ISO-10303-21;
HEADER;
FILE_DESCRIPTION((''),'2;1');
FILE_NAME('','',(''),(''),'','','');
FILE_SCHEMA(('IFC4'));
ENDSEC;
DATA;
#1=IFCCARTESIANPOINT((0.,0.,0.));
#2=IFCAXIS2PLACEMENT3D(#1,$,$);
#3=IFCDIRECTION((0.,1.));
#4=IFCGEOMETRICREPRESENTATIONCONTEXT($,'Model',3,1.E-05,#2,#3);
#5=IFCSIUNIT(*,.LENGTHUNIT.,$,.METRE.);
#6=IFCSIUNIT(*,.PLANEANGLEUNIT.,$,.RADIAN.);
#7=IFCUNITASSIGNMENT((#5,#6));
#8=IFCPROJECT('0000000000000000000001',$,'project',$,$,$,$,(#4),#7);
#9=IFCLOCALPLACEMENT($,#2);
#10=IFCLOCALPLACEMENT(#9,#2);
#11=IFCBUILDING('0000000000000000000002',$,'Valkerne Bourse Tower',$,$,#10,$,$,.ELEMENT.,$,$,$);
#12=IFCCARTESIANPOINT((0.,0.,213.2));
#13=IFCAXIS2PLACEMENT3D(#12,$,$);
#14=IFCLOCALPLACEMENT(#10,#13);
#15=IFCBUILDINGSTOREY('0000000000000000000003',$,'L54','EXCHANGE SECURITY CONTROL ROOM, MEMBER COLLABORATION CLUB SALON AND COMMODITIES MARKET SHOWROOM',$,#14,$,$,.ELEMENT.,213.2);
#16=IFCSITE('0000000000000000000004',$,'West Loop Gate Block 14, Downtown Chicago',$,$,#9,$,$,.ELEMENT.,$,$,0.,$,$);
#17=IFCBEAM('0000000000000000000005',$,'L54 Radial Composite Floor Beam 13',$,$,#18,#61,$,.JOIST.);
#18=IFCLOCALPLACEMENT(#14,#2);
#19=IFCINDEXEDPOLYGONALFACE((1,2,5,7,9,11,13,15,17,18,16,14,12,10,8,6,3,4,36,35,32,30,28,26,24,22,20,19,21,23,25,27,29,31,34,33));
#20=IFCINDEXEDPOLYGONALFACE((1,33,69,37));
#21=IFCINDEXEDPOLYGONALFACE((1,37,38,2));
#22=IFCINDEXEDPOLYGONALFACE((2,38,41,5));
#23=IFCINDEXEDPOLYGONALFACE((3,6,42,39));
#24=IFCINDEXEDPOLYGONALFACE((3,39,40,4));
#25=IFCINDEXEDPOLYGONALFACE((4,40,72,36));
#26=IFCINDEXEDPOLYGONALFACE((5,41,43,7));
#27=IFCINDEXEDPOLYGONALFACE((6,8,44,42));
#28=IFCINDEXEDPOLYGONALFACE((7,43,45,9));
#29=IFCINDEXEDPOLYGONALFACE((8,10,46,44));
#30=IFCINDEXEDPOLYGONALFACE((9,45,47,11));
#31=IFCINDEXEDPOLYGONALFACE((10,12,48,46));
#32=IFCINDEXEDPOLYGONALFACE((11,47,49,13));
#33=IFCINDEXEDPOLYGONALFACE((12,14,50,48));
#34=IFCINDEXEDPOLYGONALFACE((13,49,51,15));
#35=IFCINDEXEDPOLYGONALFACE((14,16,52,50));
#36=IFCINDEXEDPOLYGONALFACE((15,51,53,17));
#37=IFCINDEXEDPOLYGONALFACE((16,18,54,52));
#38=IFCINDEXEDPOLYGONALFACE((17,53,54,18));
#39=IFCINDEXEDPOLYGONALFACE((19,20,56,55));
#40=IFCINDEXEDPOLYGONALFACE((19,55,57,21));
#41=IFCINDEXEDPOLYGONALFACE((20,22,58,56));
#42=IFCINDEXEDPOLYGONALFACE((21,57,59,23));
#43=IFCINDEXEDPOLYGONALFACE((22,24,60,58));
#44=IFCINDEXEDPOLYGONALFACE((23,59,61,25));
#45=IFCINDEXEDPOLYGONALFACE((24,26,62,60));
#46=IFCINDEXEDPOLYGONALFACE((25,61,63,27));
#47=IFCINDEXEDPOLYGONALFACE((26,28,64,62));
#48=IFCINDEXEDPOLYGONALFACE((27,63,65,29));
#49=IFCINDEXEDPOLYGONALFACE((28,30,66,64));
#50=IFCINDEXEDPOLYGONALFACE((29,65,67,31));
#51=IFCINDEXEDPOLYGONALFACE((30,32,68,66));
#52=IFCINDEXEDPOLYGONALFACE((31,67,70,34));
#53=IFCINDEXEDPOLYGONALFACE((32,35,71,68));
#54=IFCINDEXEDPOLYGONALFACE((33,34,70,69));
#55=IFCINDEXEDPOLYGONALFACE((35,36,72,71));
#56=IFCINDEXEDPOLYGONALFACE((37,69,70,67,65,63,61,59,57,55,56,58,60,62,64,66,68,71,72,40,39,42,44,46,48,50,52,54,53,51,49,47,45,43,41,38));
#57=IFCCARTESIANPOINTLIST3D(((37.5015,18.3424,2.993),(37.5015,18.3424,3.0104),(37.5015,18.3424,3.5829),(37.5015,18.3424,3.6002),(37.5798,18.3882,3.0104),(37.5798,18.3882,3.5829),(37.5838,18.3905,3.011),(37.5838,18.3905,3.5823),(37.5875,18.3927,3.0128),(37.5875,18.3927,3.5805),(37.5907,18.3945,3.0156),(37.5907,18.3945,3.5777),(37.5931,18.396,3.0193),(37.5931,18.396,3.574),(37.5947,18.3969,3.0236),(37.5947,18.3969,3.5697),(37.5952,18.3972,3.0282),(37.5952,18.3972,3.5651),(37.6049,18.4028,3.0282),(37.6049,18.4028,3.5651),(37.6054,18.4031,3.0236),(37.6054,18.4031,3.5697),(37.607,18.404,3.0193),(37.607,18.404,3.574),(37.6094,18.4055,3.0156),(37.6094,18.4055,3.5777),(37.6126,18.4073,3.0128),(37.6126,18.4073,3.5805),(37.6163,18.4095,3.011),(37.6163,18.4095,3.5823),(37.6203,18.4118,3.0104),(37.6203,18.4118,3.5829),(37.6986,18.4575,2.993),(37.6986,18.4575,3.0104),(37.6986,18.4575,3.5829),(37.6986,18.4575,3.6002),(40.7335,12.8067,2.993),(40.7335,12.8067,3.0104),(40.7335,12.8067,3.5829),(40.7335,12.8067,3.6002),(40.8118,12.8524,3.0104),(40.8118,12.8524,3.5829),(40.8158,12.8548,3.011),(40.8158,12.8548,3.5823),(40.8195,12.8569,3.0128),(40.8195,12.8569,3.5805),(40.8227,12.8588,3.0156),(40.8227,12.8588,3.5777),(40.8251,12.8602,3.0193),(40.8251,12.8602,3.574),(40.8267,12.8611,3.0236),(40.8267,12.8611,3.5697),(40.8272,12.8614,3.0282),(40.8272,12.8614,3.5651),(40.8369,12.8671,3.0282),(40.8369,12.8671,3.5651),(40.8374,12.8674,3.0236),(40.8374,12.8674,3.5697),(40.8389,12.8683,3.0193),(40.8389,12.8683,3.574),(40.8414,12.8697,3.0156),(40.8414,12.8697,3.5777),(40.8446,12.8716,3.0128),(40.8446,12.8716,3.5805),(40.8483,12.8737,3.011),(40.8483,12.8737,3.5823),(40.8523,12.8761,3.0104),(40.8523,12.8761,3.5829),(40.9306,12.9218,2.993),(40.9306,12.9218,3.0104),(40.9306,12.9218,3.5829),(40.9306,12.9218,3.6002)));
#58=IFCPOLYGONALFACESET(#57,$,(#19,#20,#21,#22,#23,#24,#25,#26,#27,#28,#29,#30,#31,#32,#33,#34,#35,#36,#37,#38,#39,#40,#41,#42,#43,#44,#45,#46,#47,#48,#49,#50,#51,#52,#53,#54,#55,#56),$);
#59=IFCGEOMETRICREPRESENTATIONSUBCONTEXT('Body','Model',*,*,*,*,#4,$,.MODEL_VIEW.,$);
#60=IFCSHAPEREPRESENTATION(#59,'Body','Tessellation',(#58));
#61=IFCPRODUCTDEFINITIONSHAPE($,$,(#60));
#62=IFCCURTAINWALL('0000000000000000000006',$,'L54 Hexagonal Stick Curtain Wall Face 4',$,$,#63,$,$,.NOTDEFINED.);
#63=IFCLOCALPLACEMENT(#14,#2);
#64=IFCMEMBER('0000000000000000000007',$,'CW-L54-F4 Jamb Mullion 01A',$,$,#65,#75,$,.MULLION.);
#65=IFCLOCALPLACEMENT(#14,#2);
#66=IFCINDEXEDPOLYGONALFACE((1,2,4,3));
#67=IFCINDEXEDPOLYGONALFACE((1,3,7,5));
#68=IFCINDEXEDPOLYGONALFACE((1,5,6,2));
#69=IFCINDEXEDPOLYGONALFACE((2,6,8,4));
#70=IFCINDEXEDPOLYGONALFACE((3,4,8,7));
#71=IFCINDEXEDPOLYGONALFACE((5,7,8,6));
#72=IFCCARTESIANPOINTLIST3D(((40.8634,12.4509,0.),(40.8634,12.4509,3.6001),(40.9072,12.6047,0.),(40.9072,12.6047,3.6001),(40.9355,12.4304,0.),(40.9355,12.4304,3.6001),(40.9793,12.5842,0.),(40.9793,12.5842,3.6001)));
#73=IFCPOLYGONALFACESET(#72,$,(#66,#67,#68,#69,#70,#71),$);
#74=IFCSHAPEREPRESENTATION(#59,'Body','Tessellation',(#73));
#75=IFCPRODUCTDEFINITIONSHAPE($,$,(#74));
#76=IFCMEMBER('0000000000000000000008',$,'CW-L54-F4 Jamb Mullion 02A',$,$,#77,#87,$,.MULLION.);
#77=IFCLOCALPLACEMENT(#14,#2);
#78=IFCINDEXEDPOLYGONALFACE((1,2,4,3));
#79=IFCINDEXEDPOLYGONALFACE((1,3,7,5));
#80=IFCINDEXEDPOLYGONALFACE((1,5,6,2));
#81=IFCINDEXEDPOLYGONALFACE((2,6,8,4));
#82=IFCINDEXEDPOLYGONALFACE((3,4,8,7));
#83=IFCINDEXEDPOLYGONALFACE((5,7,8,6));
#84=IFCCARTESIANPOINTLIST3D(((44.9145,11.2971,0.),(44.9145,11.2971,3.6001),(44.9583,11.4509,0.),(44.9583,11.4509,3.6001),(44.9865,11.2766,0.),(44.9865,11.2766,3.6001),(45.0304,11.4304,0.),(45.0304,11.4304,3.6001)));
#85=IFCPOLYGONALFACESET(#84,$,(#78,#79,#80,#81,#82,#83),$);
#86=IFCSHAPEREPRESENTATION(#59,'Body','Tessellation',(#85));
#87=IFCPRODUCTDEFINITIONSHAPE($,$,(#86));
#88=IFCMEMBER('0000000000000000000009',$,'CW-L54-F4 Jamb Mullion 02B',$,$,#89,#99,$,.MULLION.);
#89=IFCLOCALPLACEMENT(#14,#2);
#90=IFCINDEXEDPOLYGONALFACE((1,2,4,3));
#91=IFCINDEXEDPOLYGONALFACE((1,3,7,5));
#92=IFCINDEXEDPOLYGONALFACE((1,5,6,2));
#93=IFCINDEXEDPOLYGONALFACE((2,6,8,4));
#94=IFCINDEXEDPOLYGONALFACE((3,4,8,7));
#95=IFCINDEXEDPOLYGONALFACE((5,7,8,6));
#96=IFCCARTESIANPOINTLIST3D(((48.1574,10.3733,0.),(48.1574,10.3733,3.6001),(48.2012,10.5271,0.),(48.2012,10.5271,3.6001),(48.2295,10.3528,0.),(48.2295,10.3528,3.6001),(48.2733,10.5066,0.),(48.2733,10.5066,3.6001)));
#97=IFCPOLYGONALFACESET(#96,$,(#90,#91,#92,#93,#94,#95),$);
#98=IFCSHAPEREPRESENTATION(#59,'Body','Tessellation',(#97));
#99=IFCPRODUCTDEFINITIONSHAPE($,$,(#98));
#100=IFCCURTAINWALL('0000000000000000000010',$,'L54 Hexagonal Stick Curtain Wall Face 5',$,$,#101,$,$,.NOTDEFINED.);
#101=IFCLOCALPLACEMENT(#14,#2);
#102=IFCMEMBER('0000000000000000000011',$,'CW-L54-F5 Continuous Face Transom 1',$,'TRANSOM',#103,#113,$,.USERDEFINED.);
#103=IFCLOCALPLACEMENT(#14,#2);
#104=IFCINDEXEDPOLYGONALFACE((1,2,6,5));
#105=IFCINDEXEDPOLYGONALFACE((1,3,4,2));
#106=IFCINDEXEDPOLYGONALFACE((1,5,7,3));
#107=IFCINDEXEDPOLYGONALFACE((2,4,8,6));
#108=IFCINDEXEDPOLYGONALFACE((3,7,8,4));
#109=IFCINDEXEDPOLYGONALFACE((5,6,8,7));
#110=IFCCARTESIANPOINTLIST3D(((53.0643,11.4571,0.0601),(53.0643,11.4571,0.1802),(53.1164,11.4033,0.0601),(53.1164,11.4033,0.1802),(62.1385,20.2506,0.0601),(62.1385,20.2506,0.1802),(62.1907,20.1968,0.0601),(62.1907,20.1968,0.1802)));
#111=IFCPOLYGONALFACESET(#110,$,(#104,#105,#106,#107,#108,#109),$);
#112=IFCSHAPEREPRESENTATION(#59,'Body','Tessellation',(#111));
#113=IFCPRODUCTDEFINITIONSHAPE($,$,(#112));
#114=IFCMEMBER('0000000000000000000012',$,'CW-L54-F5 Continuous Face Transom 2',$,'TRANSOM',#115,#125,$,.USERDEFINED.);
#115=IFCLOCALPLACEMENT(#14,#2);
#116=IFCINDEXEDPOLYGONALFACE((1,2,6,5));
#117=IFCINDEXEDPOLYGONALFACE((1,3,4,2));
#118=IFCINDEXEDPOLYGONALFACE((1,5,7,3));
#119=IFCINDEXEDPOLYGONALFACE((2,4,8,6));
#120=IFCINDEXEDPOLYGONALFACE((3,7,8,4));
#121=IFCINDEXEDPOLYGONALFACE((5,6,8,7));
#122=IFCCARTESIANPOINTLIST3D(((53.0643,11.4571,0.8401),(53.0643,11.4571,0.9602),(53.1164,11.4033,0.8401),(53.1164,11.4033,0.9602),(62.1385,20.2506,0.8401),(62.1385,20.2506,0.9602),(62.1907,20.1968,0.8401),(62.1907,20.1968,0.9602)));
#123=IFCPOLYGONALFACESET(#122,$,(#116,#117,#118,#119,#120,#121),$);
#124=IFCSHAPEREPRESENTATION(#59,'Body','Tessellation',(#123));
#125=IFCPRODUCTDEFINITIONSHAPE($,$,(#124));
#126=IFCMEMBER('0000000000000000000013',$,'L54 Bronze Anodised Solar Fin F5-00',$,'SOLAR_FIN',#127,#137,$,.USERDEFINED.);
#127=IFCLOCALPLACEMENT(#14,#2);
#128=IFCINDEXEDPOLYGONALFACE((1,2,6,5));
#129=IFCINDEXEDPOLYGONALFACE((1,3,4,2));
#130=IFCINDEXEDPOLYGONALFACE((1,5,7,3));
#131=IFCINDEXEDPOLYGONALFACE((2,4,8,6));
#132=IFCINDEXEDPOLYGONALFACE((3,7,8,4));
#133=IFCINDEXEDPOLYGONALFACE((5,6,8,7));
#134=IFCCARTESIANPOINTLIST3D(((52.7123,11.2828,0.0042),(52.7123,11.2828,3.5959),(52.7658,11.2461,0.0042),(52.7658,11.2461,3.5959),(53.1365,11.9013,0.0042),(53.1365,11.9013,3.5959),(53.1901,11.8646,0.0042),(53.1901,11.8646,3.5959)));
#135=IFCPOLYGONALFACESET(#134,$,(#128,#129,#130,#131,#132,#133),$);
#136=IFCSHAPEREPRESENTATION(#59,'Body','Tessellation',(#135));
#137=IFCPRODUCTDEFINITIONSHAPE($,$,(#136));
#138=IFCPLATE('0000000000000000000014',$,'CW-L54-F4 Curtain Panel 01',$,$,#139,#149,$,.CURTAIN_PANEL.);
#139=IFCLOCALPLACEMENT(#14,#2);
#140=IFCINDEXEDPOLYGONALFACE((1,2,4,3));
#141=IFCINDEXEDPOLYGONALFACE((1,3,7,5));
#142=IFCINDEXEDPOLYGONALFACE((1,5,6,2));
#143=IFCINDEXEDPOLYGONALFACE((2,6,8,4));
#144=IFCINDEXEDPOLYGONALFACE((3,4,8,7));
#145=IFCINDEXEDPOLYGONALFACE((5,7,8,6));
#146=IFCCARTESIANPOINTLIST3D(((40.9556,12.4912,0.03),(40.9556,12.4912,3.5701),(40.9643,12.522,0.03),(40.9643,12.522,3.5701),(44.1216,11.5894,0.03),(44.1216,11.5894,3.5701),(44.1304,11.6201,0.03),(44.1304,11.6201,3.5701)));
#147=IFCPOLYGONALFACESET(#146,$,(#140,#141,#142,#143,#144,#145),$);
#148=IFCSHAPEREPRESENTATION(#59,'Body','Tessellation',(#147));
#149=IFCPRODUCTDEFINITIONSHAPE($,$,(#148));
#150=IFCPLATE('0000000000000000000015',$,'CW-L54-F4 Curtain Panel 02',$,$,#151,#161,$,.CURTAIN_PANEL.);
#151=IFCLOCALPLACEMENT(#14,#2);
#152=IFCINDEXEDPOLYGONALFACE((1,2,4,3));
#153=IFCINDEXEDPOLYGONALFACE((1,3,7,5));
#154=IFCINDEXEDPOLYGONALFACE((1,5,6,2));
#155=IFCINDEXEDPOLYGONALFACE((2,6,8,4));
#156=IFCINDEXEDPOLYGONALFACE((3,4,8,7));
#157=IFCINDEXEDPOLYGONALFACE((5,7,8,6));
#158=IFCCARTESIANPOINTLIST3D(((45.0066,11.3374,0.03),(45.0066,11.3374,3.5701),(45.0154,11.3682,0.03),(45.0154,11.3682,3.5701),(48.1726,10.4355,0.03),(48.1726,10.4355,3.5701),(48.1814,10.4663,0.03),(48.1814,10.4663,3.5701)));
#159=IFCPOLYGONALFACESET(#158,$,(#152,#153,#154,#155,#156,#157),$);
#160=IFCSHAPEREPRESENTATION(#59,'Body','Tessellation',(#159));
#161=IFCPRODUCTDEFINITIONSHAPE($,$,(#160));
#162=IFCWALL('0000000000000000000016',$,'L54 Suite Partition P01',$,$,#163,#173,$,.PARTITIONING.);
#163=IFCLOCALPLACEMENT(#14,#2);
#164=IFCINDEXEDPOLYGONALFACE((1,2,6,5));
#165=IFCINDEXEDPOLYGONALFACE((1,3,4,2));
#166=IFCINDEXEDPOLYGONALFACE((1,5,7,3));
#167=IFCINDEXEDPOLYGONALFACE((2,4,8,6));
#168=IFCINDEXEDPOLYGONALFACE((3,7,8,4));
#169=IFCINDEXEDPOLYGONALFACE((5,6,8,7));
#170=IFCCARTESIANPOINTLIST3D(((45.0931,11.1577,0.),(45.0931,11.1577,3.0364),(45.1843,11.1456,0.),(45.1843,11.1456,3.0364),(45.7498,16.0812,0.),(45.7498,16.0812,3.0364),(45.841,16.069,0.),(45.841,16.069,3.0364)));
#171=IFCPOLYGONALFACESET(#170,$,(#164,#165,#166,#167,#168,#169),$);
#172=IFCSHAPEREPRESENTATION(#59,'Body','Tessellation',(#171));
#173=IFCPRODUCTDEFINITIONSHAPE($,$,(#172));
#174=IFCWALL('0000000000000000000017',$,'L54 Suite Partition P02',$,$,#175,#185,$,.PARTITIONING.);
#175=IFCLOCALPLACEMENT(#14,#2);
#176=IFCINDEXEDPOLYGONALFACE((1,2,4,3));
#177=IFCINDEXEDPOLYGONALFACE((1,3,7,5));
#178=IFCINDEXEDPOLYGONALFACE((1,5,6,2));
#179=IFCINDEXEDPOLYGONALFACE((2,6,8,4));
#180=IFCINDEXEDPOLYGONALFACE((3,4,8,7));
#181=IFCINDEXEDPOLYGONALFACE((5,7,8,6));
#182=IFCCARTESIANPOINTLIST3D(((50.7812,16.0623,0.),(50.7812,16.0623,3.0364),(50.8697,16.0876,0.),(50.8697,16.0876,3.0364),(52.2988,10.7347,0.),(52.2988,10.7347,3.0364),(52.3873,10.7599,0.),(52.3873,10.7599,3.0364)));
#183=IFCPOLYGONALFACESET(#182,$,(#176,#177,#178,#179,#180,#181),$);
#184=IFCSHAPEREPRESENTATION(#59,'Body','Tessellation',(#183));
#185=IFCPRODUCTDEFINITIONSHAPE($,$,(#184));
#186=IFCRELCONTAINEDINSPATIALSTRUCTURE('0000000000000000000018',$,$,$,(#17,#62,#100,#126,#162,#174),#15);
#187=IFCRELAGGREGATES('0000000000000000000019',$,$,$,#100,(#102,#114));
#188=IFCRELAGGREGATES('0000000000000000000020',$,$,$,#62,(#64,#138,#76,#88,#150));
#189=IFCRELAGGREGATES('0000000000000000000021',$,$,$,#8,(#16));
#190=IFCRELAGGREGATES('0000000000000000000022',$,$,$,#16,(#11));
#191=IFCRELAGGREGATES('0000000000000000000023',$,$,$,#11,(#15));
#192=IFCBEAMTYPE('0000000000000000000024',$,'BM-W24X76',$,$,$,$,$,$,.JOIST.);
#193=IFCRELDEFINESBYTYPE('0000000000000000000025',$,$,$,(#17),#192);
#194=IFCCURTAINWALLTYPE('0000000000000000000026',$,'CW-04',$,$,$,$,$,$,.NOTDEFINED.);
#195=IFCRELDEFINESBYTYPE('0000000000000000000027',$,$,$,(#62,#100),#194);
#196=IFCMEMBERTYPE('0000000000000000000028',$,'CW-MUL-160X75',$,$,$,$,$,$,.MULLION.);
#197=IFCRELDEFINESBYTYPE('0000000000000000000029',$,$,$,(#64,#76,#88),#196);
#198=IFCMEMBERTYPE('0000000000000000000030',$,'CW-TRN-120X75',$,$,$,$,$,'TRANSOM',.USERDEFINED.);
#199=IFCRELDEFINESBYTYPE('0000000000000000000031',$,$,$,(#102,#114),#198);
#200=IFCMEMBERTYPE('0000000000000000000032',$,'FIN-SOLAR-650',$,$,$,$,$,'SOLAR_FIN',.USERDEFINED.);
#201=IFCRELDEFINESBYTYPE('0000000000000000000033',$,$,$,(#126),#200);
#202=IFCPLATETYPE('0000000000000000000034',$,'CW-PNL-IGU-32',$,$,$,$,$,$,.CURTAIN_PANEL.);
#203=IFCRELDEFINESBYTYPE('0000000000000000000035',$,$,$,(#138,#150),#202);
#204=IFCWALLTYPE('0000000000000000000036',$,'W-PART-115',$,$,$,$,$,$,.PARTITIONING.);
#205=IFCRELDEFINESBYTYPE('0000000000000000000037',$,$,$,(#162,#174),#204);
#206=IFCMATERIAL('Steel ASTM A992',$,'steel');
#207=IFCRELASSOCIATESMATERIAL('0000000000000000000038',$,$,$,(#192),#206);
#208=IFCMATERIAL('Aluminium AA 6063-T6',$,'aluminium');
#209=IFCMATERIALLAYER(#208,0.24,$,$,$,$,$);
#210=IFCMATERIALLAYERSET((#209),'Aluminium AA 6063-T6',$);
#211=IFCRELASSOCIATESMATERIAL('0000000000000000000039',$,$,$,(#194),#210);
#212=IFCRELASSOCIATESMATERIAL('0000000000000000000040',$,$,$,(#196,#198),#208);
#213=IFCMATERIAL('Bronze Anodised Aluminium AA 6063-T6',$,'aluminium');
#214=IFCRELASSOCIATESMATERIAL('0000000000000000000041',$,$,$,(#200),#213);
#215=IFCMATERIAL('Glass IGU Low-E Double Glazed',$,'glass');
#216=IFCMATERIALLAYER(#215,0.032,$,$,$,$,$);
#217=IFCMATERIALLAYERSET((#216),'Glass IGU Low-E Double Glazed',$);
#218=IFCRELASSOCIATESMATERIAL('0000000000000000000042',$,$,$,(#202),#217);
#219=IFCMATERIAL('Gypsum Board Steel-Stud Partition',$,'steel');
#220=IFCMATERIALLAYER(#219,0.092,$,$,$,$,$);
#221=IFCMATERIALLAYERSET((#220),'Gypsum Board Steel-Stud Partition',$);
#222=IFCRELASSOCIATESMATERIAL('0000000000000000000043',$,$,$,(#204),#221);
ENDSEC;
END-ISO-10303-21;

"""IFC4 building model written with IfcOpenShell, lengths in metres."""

from ifc_helpers import new_model, si_unit, direction, frame, frame_2d, origin, origin_2d, place, context, subcontext, project, spatial, rectangle, i_section, extrude, material, layer, layer_set, material_profile, profile_set, type_object, element, aggregate, save


model = new_model("IFC4")

# Units and contexts
model_context = context("Model", 3, precision=1e-05, world=origin(), true_north=direction((0.0, 1.0)))
body_context = subcontext(model_context, "Body", "Model", "MODEL_VIEW")
ifc_project = project(units=[si_unit("LENGTHUNIT", "METRE"), si_unit("PLANEANGLEUNIT", "RADIAN")], contexts=[model_context])

# Site, building, storey
site_placement = place(None, origin())
site = spatial("IfcSite", under=ifc_project, at=site_placement, Name="West Loop Gate Block 14, Downtown Chicago", CompositionType="ELEMENT", RefElevation=0.0)
building_placement = place(site_placement, origin())
building = spatial("IfcBuilding", under=site, at=building_placement, Name="Valkerne Bourse Tower", CompositionType="ELEMENT")
storey_placement = place(building_placement, frame((0.0, 0.0, 213.2)))
storey = spatial("IfcBuildingStorey", under=building, at=storey_placement, Name="L54", Description="EXCHANGE SECURITY CONTROL ROOM, MEMBER COLLABORATION CLUB SALON AND COMMODITIES MARKET SHOWROOM", CompositionType="ELEMENT", Elevation=213.2)

# Beam
ifc_material_1 = material(Name="Steel ASTM A992", Category="steel")
ifc_material_profile_1 = material_profile(ifc_material_1, i_section(OverallWidth=0.2283, OverallDepth=0.6072, WebThickness=0.0112, FlangeThickness=0.0173, FilletRadius=0.0178, at=origin_2d()), Name="W24X76")
ifc_profile_set_1 = profile_set([ifc_material_profile_1], Name="Steel ASTM A992")
beam_type_1 = type_object("IfcBeamType", Name="BM-W24X76", PredefinedType="JOIST", material=ifc_profile_set_1)
beam_1_placement = place(storey_placement, frame((40.832, 12.8643, 3.2966), z_axis=(-0.504198, 0.863588, 0.0), x_axis=(-0.863588, -0.504198, 0.0)))
element("IfcBeam", 1, at=beam_1_placement, inside=storey, type_object=beam_type_1, Name="L54 Radial Composite Floor Beam 13", PredefinedType="JOIST", context=body_context, shape_type="SweptSolid", body=[
    extrude(i_section(OverallWidth=0.2283, OverallDepth=0.6072, WebThickness=0.0112, FlangeThickness=0.0173, FilletRadius=0.0178, at=origin_2d()), origin(), (0.0, 0.0, 1.0), 6.4102),
])

# Curtain walls, members
ifc_material_2 = material(Name="Aluminium AA 6063-T6", Category="aluminium")
ifc_layer_1 = layer(ifc_material_2, 0.24)
ifc_layer_set_1 = layer_set([ifc_layer_1], Name="Aluminium AA 6063-T6")
curtain_wall_type = type_object("IfcCurtainWallType", Name="CW-04", PredefinedType="NOTDEFINED", material=ifc_layer_set_1)
curtain_wall_1_placement = place(storey_placement, origin())
curtain_wall_1 = element("IfcCurtainWall", 2, at=curtain_wall_1_placement, inside=storey, type_object=curtain_wall_type, Name="L54 Hexagonal Stick Curtain Wall Face 4", PredefinedType="NOTDEFINED")
ifc_material_profile_2 = material_profile(ifc_material_2, rectangle(XDim=0.075, YDim=0.1599, at=origin_2d()), Name="CWM-75X160")
ifc_profile_set_2 = profile_set([ifc_material_profile_2], Name="Aluminium AA 6063-T6")
member_type_1 = type_object("IfcMemberType", Name="CW-MUL-160X75", PredefinedType="MULLION", material=ifc_profile_set_2)
member_1_placement = place(storey_placement, frame((40.9214, 12.5176, 0.0), z_axis=(0.0, 0.0, 1.0), x_axis=(0.961743, -0.273953, 0.0)))
member_1 = element("IfcMember", 3, at=member_1_placement, type_object=member_type_1, Name="CW-L54-F4 Jamb Mullion 01A", PredefinedType="MULLION", context=body_context, shape_type="SweptSolid", body=[
    extrude(rectangle(XDim=0.075, YDim=0.1599, at=origin_2d()), origin(), (0.0, 0.0, 1.0), 3.6001),
])
member_2_placement = place(storey_placement, frame((44.9724, 11.3638, 0.0), z_axis=(0.0, 0.0, 1.0), x_axis=(0.961741, -0.273959, 0.0)))
member_2 = element("IfcMember", 4, at=member_2_placement, type_object=member_type_1, Name="CW-L54-F4 Jamb Mullion 02A", PredefinedType="MULLION", context=body_context, shape_type="SweptSolid", body=[
    extrude(rectangle(XDim=0.075, YDim=0.1599, at=origin_2d()), origin(), (0.0, 0.0, 1.0), 3.6001),
])
member_3_placement = place(storey_placement, frame((48.2153, 10.4399, 0.0), z_axis=(0.0, 0.0, 1.0), x_axis=(0.961741, -0.273959, 0.0)))
member_3 = element("IfcMember", 5, at=member_3_placement, type_object=member_type_1, Name="CW-L54-F4 Jamb Mullion 02B", PredefinedType="MULLION", context=body_context, shape_type="SweptSolid", body=[
    extrude(rectangle(XDim=0.075, YDim=0.1599, at=origin_2d()), origin(), (0.0, 0.0, 1.0), 3.6001),
])
curtain_wall_2_placement = place(storey_placement, origin())
curtain_wall_2 = element("IfcCurtainWall", 6, at=curtain_wall_2_placement, inside=storey, type_object=curtain_wall_type, Name="L54 Hexagonal Stick Curtain Wall Face 5", PredefinedType="NOTDEFINED")
ifc_material_profile_3 = material_profile(ifc_material_2, rectangle(XDim=0.075, YDim=0.1201, at=origin_2d()), Name="CWT-75X120")
ifc_profile_set_3 = profile_set([ifc_material_profile_3], Name="Aluminium AA 6063-T6")
member_type_2 = type_object("IfcMemberType", Name="CW-TRN-120X75", ElementType="TRANSOM", PredefinedType="USERDEFINED", material=ifc_profile_set_3)
member_4_placement = place(storey_placement, frame((53.0903, 11.4302, 0.1201), z_axis=(0.718129, 0.69591, 0.0), x_axis=(-0.69591, 0.718129, 0.0)))
member_4 = element("IfcMember", 7, at=member_4_placement, type_object=member_type_2, Name="CW-L54-F5 Continuous Face Transom 1", ObjectType="TRANSOM", PredefinedType="USERDEFINED", context=body_context, shape_type="SweptSolid", body=[
    extrude(rectangle(XDim=0.075, YDim=0.1201, at=origin_2d()), origin(), (0.0, 0.0, 1.0), 12.636),
])
member_5_placement = place(storey_placement, frame((53.0903, 11.4302, 0.9001), z_axis=(0.718129, 0.69591, 0.0), x_axis=(-0.69591, 0.718129, 0.0)))
member_5 = element("IfcMember", 8, at=member_5_placement, type_object=member_type_2, Name="CW-L54-F5 Continuous Face Transom 2", ObjectType="TRANSOM", PredefinedType="USERDEFINED", context=body_context, shape_type="SweptSolid", body=[
    extrude(rectangle(XDim=0.075, YDim=0.1201, at=origin_2d()), origin(), (0.0, 0.0, 1.0), 12.636),
])
aggregate(curtain_wall_2, [member_4, member_5])

# Member
ifc_material_3 = material(Name="Bronze Anodised Aluminium AA 6063-T6", Category="aluminium")
ifc_material_profile_4 = material_profile(ifc_material_3, rectangle(XDim=0.0649, YDim=0.75, at=origin_2d()), Name="FIN-65X750")
ifc_profile_set_4 = profile_set([ifc_material_profile_4], Name="Bronze Anodised Aluminium AA 6063-T6")
member_type_3 = type_object("IfcMemberType", Name="FIN-SOLAR-650", ElementType="SOLAR_FIN", PredefinedType="USERDEFINED", material=ifc_profile_set_4)
member_6_placement = place(storey_placement, frame((52.9512, 11.5737, 0.0042), z_axis=(0.0, 0.0, 1.0), x_axis=(0.824666, -0.56562, 0.0)))
element("IfcMember", 9, at=member_6_placement, inside=storey, type_object=member_type_3, Name="L54 Bronze Anodised Solar Fin F5-00", ObjectType="SOLAR_FIN", PredefinedType="USERDEFINED", context=body_context, shape_type="SweptSolid", body=[
    extrude(rectangle(XDim=0.0649, YDim=0.75, at=origin_2d()), origin(), (0.0, 0.0, 1.0), 3.5918),
])

# Plates
ifc_material_4 = material(Name="Glass IGU Low-E Double Glazed", Category="glass")
ifc_layer_2 = layer(ifc_material_4, 0.032)
ifc_layer_set_2 = layer_set([ifc_layer_2], Name="Glass IGU Low-E Double Glazed")
plate_type = type_object("IfcPlateType", Name="CW-PNL-IGU-32", PredefinedType="CURTAIN_PANEL", material=ifc_layer_set_2)
plate_1_placement = place(storey_placement, frame((42.543, 12.0557, 0.03), z_axis=(0.0, 0.0, 1.0), x_axis=(0.961743, -0.273953, 0.0)))
plate_1 = element("IfcPlate", 10, at=plate_1_placement, type_object=plate_type, Name="CW-L54-F4 Curtain Panel 01", PredefinedType="CURTAIN_PANEL", context=body_context, shape_type="SweptSolid", body=[
    extrude(rectangle(XDim=3.292, YDim=0.032, at=origin_2d()), origin(), (0.0, 0.0, 1.0), 3.54),
])
plate_2_placement = place(storey_placement, frame((46.594, 10.9019, 0.03), z_axis=(0.0, 0.0, 1.0), x_axis=(0.961741, -0.273959, 0.0)))
plate_2 = element("IfcPlate", 11, at=plate_2_placement, type_object=plate_type, Name="CW-L54-F4 Curtain Panel 02", PredefinedType="CURTAIN_PANEL", context=body_context, shape_type="SweptSolid", body=[
    extrude(rectangle(XDim=3.292, YDim=0.032, at=origin_2d()), origin(), (0.0, 0.0, 1.0), 3.54),
])
aggregate(curtain_wall_1, [member_1, plate_1, member_2, member_3, plate_2])

# Walls
ifc_material_5 = material(Name="Gypsum Board Steel-Stud Partition", Category="steel")
ifc_layer_3 = layer(ifc_material_5, 0.092)
ifc_layer_set_3 = layer_set([ifc_layer_3], Name="Gypsum Board Steel-Stud Partition")
wall_type = type_object("IfcWallType", Name="W-PART-115", PredefinedType="PARTITIONING", material=ifc_layer_set_3)
wall_1_placement = place(storey_placement, frame((45.7954, 16.075, 0.0), z_axis=(0.0, 0.0, 1.0), x_axis=(-0.132222, -0.99122, 0.0)))
element("IfcWall", 12, at=wall_1_placement, inside=storey, type_object=wall_type, Name="L54 Suite Partition P01", PredefinedType="PARTITIONING", context=body_context, shape_type="SweptSolid", body=[
    extrude(rectangle(XDim=4.967, YDim=0.092, at=frame_2d((2.4834, 0.0))), origin(), (0.0, 0.0, 1.0), 3.0364),
])
wall_2_placement = place(storey_placement, frame((50.8254, 16.075, 0.0), z_axis=(0.0, 0.0, 1.0), x_axis=(0.273953, -0.961743, 0.0)))
element("IfcWall", 13, at=wall_2_placement, inside=storey, type_object=wall_type, Name="L54 Suite Partition P02", PredefinedType="PARTITIONING", context=body_context, shape_type="SweptSolid", body=[
    extrude(rectangle(XDim=5.5396, YDim=0.092, at=frame_2d((2.7698, 0.0))), origin(), (0.0, 0.0, 1.0), 3.0364),
])

save(model, "model.ifc")
